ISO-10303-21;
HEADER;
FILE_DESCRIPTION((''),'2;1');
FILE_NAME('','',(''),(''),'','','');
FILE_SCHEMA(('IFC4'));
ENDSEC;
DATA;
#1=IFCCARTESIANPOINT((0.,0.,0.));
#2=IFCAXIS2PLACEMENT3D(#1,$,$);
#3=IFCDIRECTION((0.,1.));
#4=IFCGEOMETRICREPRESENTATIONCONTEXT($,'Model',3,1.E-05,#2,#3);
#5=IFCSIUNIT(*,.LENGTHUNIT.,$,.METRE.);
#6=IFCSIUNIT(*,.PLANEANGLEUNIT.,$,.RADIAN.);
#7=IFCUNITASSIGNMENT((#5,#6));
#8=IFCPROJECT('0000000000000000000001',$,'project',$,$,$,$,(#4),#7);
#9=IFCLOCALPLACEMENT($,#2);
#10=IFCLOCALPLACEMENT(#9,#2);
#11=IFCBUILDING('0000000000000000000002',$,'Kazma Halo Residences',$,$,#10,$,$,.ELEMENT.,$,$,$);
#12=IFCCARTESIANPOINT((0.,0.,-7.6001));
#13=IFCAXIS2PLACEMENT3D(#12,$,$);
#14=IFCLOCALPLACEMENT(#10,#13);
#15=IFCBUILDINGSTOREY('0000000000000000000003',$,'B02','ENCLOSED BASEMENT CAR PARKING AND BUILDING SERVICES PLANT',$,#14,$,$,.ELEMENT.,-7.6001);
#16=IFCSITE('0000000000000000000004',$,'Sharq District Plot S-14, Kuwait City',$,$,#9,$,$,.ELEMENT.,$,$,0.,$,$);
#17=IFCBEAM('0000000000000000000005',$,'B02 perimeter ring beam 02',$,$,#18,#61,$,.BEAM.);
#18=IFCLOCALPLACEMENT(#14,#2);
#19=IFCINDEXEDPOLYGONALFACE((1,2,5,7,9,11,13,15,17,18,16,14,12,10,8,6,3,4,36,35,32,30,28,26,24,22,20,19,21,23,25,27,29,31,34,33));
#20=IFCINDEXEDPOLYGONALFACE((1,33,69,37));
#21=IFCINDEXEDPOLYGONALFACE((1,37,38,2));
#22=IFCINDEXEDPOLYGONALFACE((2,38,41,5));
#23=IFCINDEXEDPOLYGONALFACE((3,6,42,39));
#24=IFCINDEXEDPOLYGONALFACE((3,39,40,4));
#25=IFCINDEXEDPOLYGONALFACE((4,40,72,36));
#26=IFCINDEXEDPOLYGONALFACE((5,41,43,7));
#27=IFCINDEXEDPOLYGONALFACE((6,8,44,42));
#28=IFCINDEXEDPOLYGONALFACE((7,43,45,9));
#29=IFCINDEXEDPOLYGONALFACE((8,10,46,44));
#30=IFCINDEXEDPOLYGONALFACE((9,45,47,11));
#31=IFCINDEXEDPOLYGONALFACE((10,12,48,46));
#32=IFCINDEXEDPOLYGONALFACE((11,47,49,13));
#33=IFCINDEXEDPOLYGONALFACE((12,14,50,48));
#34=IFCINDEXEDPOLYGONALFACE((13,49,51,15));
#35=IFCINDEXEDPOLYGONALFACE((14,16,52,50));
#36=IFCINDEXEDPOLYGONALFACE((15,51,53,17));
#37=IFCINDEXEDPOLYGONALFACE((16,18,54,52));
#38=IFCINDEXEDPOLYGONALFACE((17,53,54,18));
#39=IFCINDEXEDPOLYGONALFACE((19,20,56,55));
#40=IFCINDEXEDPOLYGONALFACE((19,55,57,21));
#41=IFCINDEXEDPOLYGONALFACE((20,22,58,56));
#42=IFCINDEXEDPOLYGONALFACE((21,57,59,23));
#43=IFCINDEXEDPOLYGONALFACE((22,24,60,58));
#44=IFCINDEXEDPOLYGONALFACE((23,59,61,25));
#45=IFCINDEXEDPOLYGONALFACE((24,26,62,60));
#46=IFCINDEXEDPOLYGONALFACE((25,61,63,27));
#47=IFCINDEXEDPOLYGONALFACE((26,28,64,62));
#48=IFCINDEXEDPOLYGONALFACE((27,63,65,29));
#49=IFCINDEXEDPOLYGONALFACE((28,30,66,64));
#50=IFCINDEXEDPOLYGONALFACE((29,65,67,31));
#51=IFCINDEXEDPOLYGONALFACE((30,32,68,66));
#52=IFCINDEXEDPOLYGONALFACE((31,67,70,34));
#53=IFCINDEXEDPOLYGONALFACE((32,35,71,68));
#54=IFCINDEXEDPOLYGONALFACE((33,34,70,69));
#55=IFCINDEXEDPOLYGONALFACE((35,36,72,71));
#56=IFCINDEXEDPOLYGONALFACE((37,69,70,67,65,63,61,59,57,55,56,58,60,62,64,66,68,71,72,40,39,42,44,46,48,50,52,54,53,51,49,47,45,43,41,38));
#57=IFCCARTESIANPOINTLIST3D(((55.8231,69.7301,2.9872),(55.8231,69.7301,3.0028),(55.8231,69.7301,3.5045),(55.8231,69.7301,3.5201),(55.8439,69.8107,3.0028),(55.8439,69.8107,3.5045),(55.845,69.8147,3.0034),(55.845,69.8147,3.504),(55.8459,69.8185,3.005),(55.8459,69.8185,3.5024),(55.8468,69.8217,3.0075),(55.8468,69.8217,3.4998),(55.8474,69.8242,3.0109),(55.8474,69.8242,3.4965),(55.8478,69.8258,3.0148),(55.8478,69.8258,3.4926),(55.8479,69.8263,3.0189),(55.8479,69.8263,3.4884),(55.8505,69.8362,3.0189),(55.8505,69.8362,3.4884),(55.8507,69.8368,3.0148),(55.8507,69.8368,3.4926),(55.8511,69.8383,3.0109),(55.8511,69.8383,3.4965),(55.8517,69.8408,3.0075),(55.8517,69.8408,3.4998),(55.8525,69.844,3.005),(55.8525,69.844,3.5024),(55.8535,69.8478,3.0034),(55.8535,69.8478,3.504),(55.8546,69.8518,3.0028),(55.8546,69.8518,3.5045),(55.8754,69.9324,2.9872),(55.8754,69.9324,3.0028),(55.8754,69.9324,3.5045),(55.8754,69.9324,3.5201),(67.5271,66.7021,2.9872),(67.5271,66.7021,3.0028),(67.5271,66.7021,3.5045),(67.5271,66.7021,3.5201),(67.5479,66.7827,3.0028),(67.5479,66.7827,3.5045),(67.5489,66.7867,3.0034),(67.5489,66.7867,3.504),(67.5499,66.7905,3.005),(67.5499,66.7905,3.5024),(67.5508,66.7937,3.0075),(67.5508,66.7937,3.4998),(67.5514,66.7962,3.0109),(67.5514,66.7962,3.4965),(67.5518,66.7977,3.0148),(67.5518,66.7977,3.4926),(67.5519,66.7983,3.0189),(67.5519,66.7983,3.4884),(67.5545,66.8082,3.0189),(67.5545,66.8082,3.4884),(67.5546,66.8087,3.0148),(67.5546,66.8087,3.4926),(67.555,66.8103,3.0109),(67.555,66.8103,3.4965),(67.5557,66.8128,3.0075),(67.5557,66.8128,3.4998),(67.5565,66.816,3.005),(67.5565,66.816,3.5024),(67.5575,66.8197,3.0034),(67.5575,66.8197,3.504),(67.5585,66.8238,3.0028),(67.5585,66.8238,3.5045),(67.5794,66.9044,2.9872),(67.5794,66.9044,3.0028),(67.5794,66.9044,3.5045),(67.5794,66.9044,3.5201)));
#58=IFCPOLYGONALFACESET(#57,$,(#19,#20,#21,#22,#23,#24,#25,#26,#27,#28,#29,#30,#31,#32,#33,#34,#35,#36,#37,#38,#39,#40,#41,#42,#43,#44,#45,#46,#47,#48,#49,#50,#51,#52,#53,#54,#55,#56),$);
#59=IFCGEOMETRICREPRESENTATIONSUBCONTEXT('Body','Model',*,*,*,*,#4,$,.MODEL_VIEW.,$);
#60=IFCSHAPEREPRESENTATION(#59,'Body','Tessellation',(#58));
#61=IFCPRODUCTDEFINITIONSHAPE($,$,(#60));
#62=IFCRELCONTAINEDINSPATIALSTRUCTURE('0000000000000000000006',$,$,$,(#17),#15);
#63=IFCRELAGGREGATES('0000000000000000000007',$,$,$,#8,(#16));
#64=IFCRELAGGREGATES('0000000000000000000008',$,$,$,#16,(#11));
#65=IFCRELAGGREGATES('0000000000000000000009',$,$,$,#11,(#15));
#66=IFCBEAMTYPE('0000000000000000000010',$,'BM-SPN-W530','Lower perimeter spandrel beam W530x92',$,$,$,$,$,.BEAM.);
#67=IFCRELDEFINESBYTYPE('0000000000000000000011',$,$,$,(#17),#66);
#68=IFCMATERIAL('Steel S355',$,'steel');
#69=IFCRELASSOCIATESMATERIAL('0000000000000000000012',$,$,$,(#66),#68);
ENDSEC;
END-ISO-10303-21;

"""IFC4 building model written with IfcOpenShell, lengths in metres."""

from ifc_helpers import new_model, si_unit, direction, frame, origin, origin_2d, place, context, subcontext, project, spatial, i_section, extrude, material, material_profile, profile_set, type_object, element, save


model = new_model("IFC4")

# Units and contexts
model_context = context("Model", 3, precision=1e-05, world=origin(), true_north=direction((0.0, 1.0)))
body_context = subcontext(model_context, "Body", "Model", "MODEL_VIEW")
ifc_project = project(units=[si_unit("LENGTHUNIT", "METRE"), si_unit("PLANEANGLEUNIT", "RADIAN")], contexts=[model_context])

# Site, building, storey
site_placement = place(None, origin())
site = spatial("IfcSite", under=ifc_project, at=site_placement, Name="Sharq District Plot S-14, Kuwait City", CompositionType="ELEMENT", RefElevation=0.0)
building_placement = place(site_placement, origin())
building = spatial("IfcBuilding", under=site, at=building_placement, Name="Kazma Halo Residences", CompositionType="ELEMENT")
storey_placement = place(building_placement, frame((0.0, 0.0, -7.6001)))
storey = spatial("IfcBuildingStorey", under=building, at=storey_placement, Name="B02", Description="ENCLOSED BASEMENT CAR PARKING AND BUILDING SERVICES PLANT", CompositionType="ELEMENT", Elevation=-7.6001)

# Beam
ifc_material_1 = material(Name="Steel S355", Category="steel")
ifc_material_profile_1 = material_profile(ifc_material_1, i_section(OverallWidth=0.209, OverallDepth=0.533, WebThickness=0.0103, FlangeThickness=0.0156, FilletRadius=0.0161, at=origin_2d()), Name="W530x92")
ifc_profile_set_1 = profile_set([ifc_material_profile_1], Name="Steel S355")
beam_type_1 = type_object("IfcBeamType", Name="BM-SPN-W530", Description="Lower perimeter spandrel beam W530x92", PredefinedType="BEAM", material=ifc_profile_set_1)
beam_1_placement = place(storey_placement, frame((67.5532, 66.8032, 3.2537), z_axis=(-0.968124, 0.250472, 0.0), x_axis=(-0.250472, -0.968124, 0.0)))
element("IfcBeam", 1, at=beam_1_placement, inside=storey, type_object=beam_type_1, Name="B02 perimeter ring beam 02", PredefinedType="BEAM", context=body_context, shape_type="SweptSolid", body=[
    extrude(i_section(OverallWidth=0.209, OverallDepth=0.533, WebThickness=0.0103, FlangeThickness=0.0156, FilletRadius=0.0161, at=origin_2d()), origin(), (0.0, 0.0, 1.0), 12.0894),
])

save(model, "model.ifc")
